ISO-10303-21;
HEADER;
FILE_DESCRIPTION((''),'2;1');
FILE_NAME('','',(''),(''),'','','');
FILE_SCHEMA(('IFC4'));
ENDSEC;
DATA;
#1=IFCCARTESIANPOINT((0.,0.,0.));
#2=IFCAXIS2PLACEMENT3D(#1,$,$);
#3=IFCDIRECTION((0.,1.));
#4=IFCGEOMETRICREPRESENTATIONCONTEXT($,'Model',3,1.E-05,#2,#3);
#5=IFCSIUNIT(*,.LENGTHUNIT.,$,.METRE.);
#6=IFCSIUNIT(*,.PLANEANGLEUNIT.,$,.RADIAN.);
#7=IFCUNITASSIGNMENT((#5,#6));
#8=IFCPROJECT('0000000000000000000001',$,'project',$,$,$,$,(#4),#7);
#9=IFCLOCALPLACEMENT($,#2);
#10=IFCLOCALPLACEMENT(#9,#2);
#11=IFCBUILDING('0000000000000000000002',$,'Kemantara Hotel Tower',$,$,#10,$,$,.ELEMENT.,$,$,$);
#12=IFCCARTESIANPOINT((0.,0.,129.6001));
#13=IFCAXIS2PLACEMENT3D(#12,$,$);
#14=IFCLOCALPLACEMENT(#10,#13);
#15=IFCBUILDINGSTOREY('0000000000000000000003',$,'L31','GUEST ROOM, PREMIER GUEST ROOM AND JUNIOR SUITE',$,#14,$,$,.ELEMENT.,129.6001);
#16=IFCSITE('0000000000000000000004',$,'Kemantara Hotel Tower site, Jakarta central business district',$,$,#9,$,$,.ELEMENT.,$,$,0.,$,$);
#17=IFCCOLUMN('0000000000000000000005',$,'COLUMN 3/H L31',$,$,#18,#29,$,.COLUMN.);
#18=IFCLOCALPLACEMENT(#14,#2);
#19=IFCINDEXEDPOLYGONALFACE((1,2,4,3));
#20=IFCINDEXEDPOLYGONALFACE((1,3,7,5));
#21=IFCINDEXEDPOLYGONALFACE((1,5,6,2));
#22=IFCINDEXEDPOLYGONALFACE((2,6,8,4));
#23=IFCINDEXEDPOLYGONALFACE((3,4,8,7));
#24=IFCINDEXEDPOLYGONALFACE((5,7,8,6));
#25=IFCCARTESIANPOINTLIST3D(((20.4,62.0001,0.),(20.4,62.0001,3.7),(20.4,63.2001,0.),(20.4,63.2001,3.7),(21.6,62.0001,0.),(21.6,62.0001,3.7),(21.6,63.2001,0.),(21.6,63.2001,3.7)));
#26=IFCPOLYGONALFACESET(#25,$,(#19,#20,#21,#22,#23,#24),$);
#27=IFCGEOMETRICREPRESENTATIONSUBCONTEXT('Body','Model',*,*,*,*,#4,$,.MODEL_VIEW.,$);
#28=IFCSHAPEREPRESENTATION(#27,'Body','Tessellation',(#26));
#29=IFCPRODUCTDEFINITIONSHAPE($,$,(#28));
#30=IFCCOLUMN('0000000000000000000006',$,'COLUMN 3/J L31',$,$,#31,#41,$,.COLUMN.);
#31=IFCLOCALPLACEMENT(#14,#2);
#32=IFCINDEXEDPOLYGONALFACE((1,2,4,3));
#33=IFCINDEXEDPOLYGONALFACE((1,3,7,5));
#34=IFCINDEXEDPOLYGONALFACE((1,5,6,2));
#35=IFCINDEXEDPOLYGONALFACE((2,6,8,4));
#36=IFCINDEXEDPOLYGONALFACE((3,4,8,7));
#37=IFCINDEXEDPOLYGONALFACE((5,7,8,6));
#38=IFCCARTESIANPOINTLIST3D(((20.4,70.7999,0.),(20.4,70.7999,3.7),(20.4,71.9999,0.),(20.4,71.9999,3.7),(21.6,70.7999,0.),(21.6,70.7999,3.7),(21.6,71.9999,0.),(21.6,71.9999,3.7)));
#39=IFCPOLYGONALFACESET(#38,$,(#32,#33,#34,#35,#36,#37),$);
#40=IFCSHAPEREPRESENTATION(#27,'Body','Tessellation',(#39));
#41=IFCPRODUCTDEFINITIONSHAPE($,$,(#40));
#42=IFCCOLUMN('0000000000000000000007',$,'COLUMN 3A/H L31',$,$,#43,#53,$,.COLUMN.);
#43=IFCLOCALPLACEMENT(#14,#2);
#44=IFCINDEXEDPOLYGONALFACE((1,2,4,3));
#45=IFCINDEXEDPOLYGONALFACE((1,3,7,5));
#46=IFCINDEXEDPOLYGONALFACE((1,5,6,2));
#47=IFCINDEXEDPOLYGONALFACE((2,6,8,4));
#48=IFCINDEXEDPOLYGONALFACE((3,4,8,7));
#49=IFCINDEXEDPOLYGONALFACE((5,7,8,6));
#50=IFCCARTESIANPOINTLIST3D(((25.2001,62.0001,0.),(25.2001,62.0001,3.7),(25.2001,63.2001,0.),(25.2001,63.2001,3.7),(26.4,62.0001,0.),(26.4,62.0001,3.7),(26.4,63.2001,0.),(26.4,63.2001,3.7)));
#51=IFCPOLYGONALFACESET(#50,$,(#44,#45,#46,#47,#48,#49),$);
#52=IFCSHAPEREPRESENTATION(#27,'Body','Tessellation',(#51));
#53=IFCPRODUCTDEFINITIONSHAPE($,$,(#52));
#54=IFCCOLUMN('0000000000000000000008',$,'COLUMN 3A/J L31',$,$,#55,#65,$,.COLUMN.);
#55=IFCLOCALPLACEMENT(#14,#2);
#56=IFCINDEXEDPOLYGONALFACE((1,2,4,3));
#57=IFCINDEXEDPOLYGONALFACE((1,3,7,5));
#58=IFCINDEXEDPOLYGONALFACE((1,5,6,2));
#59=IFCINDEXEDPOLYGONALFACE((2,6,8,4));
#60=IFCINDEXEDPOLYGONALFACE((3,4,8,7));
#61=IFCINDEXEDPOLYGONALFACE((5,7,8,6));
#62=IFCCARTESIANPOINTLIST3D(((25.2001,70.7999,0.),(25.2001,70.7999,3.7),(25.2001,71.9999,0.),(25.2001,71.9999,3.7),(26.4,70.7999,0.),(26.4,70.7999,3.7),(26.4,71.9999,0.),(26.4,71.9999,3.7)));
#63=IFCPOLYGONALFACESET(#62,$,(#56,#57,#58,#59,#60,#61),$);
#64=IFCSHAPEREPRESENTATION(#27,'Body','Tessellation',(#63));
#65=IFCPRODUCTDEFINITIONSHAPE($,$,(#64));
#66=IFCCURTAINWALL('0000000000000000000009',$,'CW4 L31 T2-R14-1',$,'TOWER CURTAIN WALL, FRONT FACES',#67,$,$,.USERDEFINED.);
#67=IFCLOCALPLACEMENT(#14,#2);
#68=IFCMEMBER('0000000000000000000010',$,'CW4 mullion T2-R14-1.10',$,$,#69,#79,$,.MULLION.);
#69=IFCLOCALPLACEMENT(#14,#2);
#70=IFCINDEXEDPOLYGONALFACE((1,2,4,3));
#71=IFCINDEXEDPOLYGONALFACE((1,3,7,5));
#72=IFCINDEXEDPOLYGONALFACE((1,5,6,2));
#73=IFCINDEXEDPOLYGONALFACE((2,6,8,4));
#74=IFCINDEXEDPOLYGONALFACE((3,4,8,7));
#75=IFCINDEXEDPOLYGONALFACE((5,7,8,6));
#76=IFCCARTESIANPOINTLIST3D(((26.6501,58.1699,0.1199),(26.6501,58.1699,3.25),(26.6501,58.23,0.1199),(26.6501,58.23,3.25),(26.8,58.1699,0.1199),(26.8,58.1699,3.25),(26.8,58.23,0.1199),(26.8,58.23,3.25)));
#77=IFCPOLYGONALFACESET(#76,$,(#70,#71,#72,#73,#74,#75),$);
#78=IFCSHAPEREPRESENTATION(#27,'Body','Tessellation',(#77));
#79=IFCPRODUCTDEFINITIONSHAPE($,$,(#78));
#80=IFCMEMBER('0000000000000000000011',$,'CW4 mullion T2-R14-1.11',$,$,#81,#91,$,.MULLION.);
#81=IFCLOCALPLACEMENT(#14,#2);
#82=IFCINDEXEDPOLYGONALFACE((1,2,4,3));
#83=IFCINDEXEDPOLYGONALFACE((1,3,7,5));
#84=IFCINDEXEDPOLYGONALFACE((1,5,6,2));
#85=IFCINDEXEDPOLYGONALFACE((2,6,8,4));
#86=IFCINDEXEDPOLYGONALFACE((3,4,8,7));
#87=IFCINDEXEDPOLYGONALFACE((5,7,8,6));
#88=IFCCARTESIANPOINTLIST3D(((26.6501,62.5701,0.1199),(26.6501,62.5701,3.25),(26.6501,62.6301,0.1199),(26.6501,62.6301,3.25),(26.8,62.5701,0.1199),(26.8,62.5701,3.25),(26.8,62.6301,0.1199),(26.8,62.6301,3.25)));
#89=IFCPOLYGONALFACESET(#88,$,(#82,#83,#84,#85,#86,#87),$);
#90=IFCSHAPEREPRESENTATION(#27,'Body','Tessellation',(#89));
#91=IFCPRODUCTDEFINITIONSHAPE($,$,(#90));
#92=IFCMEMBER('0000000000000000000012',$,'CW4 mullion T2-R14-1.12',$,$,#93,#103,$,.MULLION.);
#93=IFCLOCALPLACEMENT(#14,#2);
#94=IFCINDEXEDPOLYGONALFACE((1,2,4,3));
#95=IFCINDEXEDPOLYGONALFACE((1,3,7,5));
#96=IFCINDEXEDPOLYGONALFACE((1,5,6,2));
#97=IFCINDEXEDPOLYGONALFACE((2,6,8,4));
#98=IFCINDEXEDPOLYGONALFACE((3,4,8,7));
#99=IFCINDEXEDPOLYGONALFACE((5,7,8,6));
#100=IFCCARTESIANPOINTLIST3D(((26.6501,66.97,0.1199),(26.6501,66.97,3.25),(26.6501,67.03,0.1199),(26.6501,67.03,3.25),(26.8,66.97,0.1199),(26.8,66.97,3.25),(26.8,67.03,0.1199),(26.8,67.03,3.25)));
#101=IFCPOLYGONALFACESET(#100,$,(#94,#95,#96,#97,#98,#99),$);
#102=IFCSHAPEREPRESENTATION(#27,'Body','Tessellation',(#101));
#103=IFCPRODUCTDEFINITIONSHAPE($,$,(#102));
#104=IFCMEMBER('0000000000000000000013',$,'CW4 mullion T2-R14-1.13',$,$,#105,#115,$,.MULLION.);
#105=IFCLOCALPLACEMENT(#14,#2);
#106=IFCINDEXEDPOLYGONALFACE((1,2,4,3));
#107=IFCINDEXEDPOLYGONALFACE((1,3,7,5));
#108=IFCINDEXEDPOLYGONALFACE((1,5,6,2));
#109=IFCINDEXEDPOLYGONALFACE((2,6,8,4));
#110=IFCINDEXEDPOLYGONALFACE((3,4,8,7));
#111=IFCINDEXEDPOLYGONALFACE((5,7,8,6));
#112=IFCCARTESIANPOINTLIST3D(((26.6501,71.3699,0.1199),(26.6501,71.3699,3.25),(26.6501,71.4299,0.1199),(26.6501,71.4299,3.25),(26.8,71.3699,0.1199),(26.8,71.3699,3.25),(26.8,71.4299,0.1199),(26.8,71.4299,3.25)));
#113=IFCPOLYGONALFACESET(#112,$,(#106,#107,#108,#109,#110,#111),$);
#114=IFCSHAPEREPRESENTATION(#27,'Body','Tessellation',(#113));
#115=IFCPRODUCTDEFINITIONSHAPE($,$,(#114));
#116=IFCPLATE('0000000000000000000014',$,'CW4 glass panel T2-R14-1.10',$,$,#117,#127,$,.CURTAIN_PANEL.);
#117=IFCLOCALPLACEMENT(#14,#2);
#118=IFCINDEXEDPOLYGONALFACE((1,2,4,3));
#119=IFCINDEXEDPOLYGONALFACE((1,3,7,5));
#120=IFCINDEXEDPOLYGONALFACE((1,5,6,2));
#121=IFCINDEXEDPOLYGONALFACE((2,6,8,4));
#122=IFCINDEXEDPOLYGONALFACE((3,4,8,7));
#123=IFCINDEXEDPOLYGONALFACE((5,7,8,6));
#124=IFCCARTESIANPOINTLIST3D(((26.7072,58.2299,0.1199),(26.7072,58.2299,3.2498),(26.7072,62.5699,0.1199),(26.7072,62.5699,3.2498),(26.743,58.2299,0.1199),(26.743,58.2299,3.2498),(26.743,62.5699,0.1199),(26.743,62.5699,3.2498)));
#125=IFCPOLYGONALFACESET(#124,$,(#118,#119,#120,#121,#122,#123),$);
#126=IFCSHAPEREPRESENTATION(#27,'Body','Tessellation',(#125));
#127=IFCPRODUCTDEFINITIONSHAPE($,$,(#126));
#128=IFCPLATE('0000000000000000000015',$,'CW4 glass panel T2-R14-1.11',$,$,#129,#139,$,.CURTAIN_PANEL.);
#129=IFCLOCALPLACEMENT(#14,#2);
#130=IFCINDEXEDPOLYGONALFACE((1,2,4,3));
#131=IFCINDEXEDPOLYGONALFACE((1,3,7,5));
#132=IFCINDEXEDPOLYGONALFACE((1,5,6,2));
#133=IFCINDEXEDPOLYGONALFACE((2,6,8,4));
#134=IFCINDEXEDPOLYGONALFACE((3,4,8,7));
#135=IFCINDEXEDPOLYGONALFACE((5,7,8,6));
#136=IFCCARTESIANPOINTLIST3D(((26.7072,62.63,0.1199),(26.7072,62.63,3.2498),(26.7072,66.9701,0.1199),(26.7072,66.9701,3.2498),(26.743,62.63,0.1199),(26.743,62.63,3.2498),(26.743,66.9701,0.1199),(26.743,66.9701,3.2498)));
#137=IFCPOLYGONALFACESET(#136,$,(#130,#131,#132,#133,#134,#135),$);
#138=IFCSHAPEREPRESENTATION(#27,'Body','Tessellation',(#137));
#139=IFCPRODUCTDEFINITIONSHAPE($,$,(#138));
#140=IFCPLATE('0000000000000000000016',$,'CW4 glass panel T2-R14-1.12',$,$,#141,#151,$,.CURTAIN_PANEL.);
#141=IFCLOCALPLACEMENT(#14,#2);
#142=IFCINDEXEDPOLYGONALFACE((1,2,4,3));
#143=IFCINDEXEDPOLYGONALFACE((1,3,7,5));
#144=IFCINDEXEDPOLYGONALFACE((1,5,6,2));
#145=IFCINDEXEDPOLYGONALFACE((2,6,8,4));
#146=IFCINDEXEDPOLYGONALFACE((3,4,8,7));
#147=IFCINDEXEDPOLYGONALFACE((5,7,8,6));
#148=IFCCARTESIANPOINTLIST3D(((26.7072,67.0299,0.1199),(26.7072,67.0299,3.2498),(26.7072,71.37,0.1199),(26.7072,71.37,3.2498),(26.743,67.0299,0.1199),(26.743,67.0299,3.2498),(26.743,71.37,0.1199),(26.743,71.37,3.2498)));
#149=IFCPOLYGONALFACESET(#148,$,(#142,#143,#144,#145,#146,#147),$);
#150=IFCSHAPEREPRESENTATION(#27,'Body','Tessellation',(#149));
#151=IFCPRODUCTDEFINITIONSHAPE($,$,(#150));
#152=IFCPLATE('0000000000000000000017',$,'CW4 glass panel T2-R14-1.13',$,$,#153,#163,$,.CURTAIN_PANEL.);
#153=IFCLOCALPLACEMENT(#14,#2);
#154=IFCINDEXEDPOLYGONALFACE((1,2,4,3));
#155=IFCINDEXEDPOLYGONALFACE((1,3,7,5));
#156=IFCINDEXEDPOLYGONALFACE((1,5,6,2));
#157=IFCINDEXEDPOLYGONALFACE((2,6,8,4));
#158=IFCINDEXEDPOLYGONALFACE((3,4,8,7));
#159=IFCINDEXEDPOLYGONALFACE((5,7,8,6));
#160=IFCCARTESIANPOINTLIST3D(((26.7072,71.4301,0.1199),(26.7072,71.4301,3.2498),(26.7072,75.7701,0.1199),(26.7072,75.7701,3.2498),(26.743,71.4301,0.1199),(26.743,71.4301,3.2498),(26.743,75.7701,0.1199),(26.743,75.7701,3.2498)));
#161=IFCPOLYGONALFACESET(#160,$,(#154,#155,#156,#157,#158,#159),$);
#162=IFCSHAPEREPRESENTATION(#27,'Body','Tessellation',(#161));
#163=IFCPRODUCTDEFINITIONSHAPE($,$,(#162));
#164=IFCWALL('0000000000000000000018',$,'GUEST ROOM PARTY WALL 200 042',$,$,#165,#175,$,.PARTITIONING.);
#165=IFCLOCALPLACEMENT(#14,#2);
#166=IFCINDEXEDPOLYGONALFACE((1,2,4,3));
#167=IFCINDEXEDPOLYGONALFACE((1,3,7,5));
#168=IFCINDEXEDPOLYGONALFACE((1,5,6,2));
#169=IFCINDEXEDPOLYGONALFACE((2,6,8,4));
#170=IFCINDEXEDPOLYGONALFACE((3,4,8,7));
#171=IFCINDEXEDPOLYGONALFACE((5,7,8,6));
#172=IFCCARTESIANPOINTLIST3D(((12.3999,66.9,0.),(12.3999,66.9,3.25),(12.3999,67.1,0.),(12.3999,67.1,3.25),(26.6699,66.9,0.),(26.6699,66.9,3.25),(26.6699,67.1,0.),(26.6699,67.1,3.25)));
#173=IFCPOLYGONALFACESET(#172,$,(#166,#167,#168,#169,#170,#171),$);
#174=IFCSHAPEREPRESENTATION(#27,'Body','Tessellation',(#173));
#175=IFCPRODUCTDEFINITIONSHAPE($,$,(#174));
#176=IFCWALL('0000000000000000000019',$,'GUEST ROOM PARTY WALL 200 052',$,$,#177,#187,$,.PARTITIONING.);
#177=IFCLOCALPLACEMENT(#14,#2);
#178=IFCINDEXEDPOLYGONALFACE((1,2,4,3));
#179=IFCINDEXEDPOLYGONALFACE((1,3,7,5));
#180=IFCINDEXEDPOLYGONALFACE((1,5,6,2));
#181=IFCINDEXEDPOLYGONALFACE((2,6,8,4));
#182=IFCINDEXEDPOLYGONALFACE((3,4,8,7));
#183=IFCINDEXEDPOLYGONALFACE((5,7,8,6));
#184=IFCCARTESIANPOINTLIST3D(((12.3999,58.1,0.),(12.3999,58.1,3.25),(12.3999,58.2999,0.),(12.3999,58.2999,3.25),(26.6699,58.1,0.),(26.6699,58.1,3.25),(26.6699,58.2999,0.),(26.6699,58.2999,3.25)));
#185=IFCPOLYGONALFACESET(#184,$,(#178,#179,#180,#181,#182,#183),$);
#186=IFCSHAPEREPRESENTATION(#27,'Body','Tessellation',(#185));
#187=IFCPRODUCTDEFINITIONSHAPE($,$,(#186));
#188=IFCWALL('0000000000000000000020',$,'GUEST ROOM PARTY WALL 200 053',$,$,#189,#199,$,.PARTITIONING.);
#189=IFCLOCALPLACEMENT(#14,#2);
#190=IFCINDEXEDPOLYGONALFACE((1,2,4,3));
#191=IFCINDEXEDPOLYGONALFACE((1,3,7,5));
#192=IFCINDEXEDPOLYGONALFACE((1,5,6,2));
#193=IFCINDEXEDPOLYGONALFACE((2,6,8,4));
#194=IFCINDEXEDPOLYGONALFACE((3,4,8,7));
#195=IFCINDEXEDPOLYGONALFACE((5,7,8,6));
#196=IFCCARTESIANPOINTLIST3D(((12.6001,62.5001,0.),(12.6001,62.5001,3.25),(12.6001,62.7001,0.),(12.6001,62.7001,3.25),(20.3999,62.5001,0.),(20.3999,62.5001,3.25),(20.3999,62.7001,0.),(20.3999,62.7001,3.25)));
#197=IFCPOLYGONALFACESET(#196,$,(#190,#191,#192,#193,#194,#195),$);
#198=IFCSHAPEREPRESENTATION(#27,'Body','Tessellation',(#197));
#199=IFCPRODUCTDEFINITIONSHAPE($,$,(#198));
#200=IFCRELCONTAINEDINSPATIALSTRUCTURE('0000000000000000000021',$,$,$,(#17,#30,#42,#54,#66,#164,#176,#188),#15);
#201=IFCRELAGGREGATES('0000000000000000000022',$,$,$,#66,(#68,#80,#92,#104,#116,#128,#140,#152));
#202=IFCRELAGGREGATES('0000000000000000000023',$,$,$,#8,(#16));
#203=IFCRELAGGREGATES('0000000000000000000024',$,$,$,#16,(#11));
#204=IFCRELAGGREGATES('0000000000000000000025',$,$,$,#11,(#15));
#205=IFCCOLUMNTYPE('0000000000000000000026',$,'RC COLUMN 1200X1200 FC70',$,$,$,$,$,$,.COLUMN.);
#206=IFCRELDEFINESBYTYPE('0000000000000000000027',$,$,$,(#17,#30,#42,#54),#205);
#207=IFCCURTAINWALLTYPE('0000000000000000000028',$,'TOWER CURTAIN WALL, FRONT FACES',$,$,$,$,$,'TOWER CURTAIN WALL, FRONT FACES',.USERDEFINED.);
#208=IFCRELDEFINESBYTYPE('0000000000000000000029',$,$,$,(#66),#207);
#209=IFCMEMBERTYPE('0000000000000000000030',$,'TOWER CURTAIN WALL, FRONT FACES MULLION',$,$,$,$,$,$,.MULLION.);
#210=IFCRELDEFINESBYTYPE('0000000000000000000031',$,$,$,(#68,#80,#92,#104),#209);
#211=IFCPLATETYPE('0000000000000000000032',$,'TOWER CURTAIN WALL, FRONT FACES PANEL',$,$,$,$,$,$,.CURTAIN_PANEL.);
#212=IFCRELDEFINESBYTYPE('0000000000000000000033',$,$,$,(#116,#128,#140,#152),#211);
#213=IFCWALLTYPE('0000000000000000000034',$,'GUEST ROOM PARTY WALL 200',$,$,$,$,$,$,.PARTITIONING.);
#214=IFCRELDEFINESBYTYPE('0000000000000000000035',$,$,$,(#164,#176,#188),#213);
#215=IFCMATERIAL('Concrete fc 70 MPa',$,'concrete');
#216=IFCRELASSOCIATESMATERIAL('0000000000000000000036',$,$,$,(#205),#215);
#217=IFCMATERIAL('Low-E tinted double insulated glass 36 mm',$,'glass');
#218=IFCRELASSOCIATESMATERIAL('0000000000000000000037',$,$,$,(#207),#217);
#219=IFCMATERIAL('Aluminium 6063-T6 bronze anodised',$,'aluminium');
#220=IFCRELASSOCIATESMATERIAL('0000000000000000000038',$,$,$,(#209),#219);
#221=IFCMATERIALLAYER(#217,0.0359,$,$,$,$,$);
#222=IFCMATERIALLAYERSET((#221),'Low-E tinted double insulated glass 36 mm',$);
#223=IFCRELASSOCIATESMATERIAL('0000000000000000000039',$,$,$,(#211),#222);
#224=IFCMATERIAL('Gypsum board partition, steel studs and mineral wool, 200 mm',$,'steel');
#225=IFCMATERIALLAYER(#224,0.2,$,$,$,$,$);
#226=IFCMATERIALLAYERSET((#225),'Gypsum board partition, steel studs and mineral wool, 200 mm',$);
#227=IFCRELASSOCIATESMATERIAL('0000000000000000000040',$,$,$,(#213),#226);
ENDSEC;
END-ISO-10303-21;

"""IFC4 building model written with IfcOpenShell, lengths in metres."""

from ifc_helpers import new_model, si_unit, direction, frame, frame_2d, origin, origin_2d, place, context, subcontext, project, spatial, rectangle, extrude, source, transform, mapped, material, layer, layer_set, material_profile, profile_set, type_object, element, aggregate, save


model = new_model("IFC4")

# Units and contexts
model_context = context("Model", 3, precision=1e-05, world=origin(), true_north=direction((0.0, 1.0)))
body_context = subcontext(model_context, "Body", "Model", "MODEL_VIEW")
ifc_project = project(units=[si_unit("LENGTHUNIT", "METRE"), si_unit("PLANEANGLEUNIT", "RADIAN")], contexts=[model_context])

# Site, building, storey
site_placement = place(None, origin())
site = spatial("IfcSite", under=ifc_project, at=site_placement, Name="Kemantara Hotel Tower site, Jakarta central business district", CompositionType="ELEMENT", RefElevation=0.0)
building_placement = place(site_placement, origin())
building = spatial("IfcBuilding", under=site, at=building_placement, Name="Kemantara Hotel Tower", CompositionType="ELEMENT")
storey_placement = place(building_placement, frame((0.0, 0.0, 129.6001)))
storey = spatial("IfcBuildingStorey", under=building, at=storey_placement, Name="L31", Description="GUEST ROOM, PREMIER GUEST ROOM AND JUNIOR SUITE", CompositionType="ELEMENT", Elevation=129.6001)

# Columns
ifc_material_1 = material(Name="Concrete fc 70 MPa", Category="concrete")
ifc_material_profile_1 = material_profile(ifc_material_1, rectangle(XDim=1.2, YDim=1.2, at=origin_2d()), Name="RC 1200X1200")
ifc_profile_set_1 = profile_set([ifc_material_profile_1], Name="Concrete fc 70 MPa")
column_type = type_object("IfcColumnType", Name="RC COLUMN 1200X1200 FC70", PredefinedType="COLUMN", material=ifc_profile_set_1)
for number, where, z_axis, x_axis, name in (
    (1, (21.0, 62.6001, 0.0), (0.0, 0.0, 1.0), (1.0, 0.0, 0.0), "COLUMN 3/H L31"),
    (2, (21.0, 71.3999, 0.0), (0.0, 0.0, 1.0), (1.0, 0.0, 0.0), "COLUMN 3/J L31"),
    (3, (25.8, 62.6001, 0.0), (0.0, 0.0, 1.0), (1.0, 0.0, 0.0), "COLUMN 3A/H L31"),
    (4, (25.8, 71.3999, 0.0), (0.0, 0.0, 1.0), (1.0, 0.0, 0.0), "COLUMN 3A/J L31"),
):
    element("IfcColumn", number, at=place(storey_placement, frame(where, z_axis=z_axis, x_axis=x_axis)), inside=storey, type_object=column_type, Name=name, PredefinedType="COLUMN", context=body_context, shape_type="SweptSolid", body=[
        extrude(rectangle(XDim=1.2, YDim=1.2, at=origin_2d()), origin(), (0.0, 0.0, 1.0), 3.7),
    ])

# Curtain wall, members, plates
ifc_material_2 = material(Name="Low-E tinted double insulated glass 36 mm", Category="glass")
curtain_wall_type = type_object("IfcCurtainWallType", Name="TOWER CURTAIN WALL, FRONT FACES", ElementType="TOWER CURTAIN WALL, FRONT FACES", PredefinedType="USERDEFINED", material=ifc_material_2)
curtain_wall_placement = place(storey_placement, origin())
curtain_wall = element("IfcCurtainWall", 5, at=curtain_wall_placement, inside=storey, type_object=curtain_wall_type, Name="CW4 L31 T2-R14-1", ObjectType="TOWER CURTAIN WALL, FRONT FACES", PredefinedType="USERDEFINED")
ifc_material_3 = material(Name="Aluminium 6063-T6 bronze anodised", Category="aluminium")
ifc_material_profile_2 = material_profile(ifc_material_3, rectangle(XDim=0.1499, YDim=0.0601, at=origin_2d()), Name="TOWER CURTAIN WALL, FRONT FACES MULLION")
ifc_profile_set_2 = profile_set([ifc_material_profile_2], Name="Aluminium 6063-T6 bronze anodised")
member_type = type_object("IfcMemberType", Name="TOWER CURTAIN WALL, FRONT FACES MULLION", PredefinedType="MULLION", material=ifc_profile_set_2)
shared_shape_1 = source(origin(), body_context, "Body", "SweptSolid", [
    extrude(rectangle(XDim=0.1499, YDim=0.0601, at=origin_2d()), origin(), (0.0, 0.0, 1.0), 3.1301),
])
member_1_placement = place(storey_placement, frame((26.7251, 58.2, 0.1199), z_axis=(0.0, 0.0, 1.0), x_axis=(-1.0, 0.0, 0.0)))
member_1 = element("IfcMember", 6, at=member_1_placement, type_object=member_type, Name="CW4 mullion T2-R14-1.10", PredefinedType="MULLION", context=body_context, shape_type="MappedRepresentation", body=[
    mapped(shared_shape_1, transform((0.0, 0.0, 0.0))),
])
member_2_placement = place(storey_placement, frame((26.7251, 62.6001, 0.1199), z_axis=(0.0, 0.0, 1.0), x_axis=(-1.0, 0.0, 0.0)))
member_2 = element("IfcMember", 7, at=member_2_placement, type_object=member_type, Name="CW4 mullion T2-R14-1.11", PredefinedType="MULLION", context=body_context, shape_type="MappedRepresentation", body=[
    mapped(shared_shape_1, transform((0.0, 0.0, 0.0))),
])
member_3_placement = place(storey_placement, frame((26.7251, 67.0, 0.1199), z_axis=(0.0, 0.0, 1.0), x_axis=(-1.0, 0.0, 0.0)))
member_3 = element("IfcMember", 8, at=member_3_placement, type_object=member_type, Name="CW4 mullion T2-R14-1.12", PredefinedType="MULLION", context=body_context, shape_type="MappedRepresentation", body=[
    mapped(shared_shape_1, transform((0.0, 0.0, 0.0))),
])
member_4_placement = place(storey_placement, frame((26.7251, 71.3999, 0.1199), z_axis=(0.0, 0.0, 1.0), x_axis=(-1.0, 0.0, 0.0)))
member_4 = element("IfcMember", 9, at=member_4_placement, type_object=member_type, Name="CW4 mullion T2-R14-1.13", PredefinedType="MULLION", context=body_context, shape_type="MappedRepresentation", body=[
    mapped(shared_shape_1, transform((0.0, 0.0, 0.0))),
])
ifc_layer_1 = layer(ifc_material_2, 0.0359)
ifc_layer_set_1 = layer_set([ifc_layer_1], Name="Low-E tinted double insulated glass 36 mm")
plate_type = type_object("IfcPlateType", Name="TOWER CURTAIN WALL, FRONT FACES PANEL", PredefinedType="CURTAIN_PANEL", material=ifc_layer_set_1)
shared_shape_2 = source(origin(), body_context, "Body", "SweptSolid", [
    extrude(rectangle(XDim=4.3401, YDim=0.0359, at=origin_2d()), origin(), (0.0, 0.0, 1.0), 3.1299),
])
plate_1_placement = place(storey_placement, frame((26.7251, 60.3999, 0.1199), z_axis=(0.0, 0.0, 1.0), x_axis=(0.0, 1.0, 0.0)))
plate_1 = element("IfcPlate", 10, at=plate_1_placement, type_object=plate_type, Name="CW4 glass panel T2-R14-1.10", PredefinedType="CURTAIN_PANEL", context=body_context, shape_type="MappedRepresentation", body=[
    mapped(shared_shape_2, transform((0.0, 0.0, 0.0))),
])
plate_2_placement = place(storey_placement, frame((26.7251, 64.8, 0.1199), z_axis=(0.0, 0.0, 1.0), x_axis=(0.0, 1.0, 0.0)))
plate_2 = element("IfcPlate", 11, at=plate_2_placement, type_object=plate_type, Name="CW4 glass panel T2-R14-1.11", PredefinedType="CURTAIN_PANEL", context=body_context, shape_type="MappedRepresentation", body=[
    mapped(shared_shape_2, transform((0.0, 0.0, 0.0))),
])
plate_3_placement = place(storey_placement, frame((26.7251, 69.2, 0.1199), z_axis=(0.0, 0.0, 1.0), x_axis=(0.0, 1.0, 0.0)))
plate_3 = element("IfcPlate", 12, at=plate_3_placement, type_object=plate_type, Name="CW4 glass panel T2-R14-1.12", PredefinedType="CURTAIN_PANEL", context=body_context, shape_type="MappedRepresentation", body=[
    mapped(shared_shape_2, transform((0.0, 0.0, 0.0))),
])
plate_4_placement = place(storey_placement, frame((26.7251, 73.6001, 0.1199), z_axis=(0.0, 0.0, 1.0), x_axis=(0.0, 1.0, 0.0)))
plate_4 = element("IfcPlate", 13, at=plate_4_placement, type_object=plate_type, Name="CW4 glass panel T2-R14-1.13", PredefinedType="CURTAIN_PANEL", context=body_context, shape_type="MappedRepresentation", body=[
    mapped(shared_shape_2, transform((0.0, 0.0, 0.0))),
])
aggregate(curtain_wall, [member_1, member_2, member_3, member_4, plate_1, plate_2, plate_3, plate_4])

# Walls
ifc_material_4 = material(Name="Gypsum board partition, steel studs and mineral wool, 200 mm", Category="steel")
ifc_layer_2 = layer(ifc_material_4, 0.2)
ifc_layer_set_2 = layer_set([ifc_layer_2], Name="Gypsum board partition, steel studs and mineral wool, 200 mm")
wall_type_1 = type_object("IfcWallType", Name="GUEST ROOM PARTY WALL 200", PredefinedType="PARTITIONING", material=ifc_layer_set_2)
for number, where, z_axis, x_axis, name in (
    (14, (12.3999, 67.0, 0.0), (0.0, 0.0, 1.0), (1.0, 0.0, 0.0), "GUEST ROOM PARTY WALL 200 042"),
    (15, (12.3999, 58.2, 0.0), (0.0, 0.0, 1.0), (1.0, 0.0, 0.0), "GUEST ROOM PARTY WALL 200 052"),
):
    element("IfcWall", number, at=place(storey_placement, frame(where, z_axis=z_axis, x_axis=x_axis)), inside=storey, type_object=wall_type_1, Name=name, PredefinedType="PARTITIONING", context=body_context, shape_type="SweptSolid", body=[
        extrude(rectangle(XDim=14.27, YDim=0.2, at=frame_2d((7.135, 0.0))), origin(), (0.0, 0.0, 1.0), 3.25),
    ])
wall_1_placement = place(storey_placement, frame((12.6001, 62.6001, 0.0), z_axis=(0.0, 0.0, 1.0), x_axis=(1.0, 0.0, 0.0)))
element("IfcWall", 16, at=wall_1_placement, inside=storey, type_object=wall_type_1, Name="GUEST ROOM PARTY WALL 200 053", PredefinedType="PARTITIONING", context=body_context, shape_type="SweptSolid", body=[
    extrude(rectangle(XDim=7.7998, YDim=0.2, at=frame_2d((3.8999, 0.0))), origin(), (0.0, 0.0, 1.0), 3.25),
])

save(model, "model.ifc")
